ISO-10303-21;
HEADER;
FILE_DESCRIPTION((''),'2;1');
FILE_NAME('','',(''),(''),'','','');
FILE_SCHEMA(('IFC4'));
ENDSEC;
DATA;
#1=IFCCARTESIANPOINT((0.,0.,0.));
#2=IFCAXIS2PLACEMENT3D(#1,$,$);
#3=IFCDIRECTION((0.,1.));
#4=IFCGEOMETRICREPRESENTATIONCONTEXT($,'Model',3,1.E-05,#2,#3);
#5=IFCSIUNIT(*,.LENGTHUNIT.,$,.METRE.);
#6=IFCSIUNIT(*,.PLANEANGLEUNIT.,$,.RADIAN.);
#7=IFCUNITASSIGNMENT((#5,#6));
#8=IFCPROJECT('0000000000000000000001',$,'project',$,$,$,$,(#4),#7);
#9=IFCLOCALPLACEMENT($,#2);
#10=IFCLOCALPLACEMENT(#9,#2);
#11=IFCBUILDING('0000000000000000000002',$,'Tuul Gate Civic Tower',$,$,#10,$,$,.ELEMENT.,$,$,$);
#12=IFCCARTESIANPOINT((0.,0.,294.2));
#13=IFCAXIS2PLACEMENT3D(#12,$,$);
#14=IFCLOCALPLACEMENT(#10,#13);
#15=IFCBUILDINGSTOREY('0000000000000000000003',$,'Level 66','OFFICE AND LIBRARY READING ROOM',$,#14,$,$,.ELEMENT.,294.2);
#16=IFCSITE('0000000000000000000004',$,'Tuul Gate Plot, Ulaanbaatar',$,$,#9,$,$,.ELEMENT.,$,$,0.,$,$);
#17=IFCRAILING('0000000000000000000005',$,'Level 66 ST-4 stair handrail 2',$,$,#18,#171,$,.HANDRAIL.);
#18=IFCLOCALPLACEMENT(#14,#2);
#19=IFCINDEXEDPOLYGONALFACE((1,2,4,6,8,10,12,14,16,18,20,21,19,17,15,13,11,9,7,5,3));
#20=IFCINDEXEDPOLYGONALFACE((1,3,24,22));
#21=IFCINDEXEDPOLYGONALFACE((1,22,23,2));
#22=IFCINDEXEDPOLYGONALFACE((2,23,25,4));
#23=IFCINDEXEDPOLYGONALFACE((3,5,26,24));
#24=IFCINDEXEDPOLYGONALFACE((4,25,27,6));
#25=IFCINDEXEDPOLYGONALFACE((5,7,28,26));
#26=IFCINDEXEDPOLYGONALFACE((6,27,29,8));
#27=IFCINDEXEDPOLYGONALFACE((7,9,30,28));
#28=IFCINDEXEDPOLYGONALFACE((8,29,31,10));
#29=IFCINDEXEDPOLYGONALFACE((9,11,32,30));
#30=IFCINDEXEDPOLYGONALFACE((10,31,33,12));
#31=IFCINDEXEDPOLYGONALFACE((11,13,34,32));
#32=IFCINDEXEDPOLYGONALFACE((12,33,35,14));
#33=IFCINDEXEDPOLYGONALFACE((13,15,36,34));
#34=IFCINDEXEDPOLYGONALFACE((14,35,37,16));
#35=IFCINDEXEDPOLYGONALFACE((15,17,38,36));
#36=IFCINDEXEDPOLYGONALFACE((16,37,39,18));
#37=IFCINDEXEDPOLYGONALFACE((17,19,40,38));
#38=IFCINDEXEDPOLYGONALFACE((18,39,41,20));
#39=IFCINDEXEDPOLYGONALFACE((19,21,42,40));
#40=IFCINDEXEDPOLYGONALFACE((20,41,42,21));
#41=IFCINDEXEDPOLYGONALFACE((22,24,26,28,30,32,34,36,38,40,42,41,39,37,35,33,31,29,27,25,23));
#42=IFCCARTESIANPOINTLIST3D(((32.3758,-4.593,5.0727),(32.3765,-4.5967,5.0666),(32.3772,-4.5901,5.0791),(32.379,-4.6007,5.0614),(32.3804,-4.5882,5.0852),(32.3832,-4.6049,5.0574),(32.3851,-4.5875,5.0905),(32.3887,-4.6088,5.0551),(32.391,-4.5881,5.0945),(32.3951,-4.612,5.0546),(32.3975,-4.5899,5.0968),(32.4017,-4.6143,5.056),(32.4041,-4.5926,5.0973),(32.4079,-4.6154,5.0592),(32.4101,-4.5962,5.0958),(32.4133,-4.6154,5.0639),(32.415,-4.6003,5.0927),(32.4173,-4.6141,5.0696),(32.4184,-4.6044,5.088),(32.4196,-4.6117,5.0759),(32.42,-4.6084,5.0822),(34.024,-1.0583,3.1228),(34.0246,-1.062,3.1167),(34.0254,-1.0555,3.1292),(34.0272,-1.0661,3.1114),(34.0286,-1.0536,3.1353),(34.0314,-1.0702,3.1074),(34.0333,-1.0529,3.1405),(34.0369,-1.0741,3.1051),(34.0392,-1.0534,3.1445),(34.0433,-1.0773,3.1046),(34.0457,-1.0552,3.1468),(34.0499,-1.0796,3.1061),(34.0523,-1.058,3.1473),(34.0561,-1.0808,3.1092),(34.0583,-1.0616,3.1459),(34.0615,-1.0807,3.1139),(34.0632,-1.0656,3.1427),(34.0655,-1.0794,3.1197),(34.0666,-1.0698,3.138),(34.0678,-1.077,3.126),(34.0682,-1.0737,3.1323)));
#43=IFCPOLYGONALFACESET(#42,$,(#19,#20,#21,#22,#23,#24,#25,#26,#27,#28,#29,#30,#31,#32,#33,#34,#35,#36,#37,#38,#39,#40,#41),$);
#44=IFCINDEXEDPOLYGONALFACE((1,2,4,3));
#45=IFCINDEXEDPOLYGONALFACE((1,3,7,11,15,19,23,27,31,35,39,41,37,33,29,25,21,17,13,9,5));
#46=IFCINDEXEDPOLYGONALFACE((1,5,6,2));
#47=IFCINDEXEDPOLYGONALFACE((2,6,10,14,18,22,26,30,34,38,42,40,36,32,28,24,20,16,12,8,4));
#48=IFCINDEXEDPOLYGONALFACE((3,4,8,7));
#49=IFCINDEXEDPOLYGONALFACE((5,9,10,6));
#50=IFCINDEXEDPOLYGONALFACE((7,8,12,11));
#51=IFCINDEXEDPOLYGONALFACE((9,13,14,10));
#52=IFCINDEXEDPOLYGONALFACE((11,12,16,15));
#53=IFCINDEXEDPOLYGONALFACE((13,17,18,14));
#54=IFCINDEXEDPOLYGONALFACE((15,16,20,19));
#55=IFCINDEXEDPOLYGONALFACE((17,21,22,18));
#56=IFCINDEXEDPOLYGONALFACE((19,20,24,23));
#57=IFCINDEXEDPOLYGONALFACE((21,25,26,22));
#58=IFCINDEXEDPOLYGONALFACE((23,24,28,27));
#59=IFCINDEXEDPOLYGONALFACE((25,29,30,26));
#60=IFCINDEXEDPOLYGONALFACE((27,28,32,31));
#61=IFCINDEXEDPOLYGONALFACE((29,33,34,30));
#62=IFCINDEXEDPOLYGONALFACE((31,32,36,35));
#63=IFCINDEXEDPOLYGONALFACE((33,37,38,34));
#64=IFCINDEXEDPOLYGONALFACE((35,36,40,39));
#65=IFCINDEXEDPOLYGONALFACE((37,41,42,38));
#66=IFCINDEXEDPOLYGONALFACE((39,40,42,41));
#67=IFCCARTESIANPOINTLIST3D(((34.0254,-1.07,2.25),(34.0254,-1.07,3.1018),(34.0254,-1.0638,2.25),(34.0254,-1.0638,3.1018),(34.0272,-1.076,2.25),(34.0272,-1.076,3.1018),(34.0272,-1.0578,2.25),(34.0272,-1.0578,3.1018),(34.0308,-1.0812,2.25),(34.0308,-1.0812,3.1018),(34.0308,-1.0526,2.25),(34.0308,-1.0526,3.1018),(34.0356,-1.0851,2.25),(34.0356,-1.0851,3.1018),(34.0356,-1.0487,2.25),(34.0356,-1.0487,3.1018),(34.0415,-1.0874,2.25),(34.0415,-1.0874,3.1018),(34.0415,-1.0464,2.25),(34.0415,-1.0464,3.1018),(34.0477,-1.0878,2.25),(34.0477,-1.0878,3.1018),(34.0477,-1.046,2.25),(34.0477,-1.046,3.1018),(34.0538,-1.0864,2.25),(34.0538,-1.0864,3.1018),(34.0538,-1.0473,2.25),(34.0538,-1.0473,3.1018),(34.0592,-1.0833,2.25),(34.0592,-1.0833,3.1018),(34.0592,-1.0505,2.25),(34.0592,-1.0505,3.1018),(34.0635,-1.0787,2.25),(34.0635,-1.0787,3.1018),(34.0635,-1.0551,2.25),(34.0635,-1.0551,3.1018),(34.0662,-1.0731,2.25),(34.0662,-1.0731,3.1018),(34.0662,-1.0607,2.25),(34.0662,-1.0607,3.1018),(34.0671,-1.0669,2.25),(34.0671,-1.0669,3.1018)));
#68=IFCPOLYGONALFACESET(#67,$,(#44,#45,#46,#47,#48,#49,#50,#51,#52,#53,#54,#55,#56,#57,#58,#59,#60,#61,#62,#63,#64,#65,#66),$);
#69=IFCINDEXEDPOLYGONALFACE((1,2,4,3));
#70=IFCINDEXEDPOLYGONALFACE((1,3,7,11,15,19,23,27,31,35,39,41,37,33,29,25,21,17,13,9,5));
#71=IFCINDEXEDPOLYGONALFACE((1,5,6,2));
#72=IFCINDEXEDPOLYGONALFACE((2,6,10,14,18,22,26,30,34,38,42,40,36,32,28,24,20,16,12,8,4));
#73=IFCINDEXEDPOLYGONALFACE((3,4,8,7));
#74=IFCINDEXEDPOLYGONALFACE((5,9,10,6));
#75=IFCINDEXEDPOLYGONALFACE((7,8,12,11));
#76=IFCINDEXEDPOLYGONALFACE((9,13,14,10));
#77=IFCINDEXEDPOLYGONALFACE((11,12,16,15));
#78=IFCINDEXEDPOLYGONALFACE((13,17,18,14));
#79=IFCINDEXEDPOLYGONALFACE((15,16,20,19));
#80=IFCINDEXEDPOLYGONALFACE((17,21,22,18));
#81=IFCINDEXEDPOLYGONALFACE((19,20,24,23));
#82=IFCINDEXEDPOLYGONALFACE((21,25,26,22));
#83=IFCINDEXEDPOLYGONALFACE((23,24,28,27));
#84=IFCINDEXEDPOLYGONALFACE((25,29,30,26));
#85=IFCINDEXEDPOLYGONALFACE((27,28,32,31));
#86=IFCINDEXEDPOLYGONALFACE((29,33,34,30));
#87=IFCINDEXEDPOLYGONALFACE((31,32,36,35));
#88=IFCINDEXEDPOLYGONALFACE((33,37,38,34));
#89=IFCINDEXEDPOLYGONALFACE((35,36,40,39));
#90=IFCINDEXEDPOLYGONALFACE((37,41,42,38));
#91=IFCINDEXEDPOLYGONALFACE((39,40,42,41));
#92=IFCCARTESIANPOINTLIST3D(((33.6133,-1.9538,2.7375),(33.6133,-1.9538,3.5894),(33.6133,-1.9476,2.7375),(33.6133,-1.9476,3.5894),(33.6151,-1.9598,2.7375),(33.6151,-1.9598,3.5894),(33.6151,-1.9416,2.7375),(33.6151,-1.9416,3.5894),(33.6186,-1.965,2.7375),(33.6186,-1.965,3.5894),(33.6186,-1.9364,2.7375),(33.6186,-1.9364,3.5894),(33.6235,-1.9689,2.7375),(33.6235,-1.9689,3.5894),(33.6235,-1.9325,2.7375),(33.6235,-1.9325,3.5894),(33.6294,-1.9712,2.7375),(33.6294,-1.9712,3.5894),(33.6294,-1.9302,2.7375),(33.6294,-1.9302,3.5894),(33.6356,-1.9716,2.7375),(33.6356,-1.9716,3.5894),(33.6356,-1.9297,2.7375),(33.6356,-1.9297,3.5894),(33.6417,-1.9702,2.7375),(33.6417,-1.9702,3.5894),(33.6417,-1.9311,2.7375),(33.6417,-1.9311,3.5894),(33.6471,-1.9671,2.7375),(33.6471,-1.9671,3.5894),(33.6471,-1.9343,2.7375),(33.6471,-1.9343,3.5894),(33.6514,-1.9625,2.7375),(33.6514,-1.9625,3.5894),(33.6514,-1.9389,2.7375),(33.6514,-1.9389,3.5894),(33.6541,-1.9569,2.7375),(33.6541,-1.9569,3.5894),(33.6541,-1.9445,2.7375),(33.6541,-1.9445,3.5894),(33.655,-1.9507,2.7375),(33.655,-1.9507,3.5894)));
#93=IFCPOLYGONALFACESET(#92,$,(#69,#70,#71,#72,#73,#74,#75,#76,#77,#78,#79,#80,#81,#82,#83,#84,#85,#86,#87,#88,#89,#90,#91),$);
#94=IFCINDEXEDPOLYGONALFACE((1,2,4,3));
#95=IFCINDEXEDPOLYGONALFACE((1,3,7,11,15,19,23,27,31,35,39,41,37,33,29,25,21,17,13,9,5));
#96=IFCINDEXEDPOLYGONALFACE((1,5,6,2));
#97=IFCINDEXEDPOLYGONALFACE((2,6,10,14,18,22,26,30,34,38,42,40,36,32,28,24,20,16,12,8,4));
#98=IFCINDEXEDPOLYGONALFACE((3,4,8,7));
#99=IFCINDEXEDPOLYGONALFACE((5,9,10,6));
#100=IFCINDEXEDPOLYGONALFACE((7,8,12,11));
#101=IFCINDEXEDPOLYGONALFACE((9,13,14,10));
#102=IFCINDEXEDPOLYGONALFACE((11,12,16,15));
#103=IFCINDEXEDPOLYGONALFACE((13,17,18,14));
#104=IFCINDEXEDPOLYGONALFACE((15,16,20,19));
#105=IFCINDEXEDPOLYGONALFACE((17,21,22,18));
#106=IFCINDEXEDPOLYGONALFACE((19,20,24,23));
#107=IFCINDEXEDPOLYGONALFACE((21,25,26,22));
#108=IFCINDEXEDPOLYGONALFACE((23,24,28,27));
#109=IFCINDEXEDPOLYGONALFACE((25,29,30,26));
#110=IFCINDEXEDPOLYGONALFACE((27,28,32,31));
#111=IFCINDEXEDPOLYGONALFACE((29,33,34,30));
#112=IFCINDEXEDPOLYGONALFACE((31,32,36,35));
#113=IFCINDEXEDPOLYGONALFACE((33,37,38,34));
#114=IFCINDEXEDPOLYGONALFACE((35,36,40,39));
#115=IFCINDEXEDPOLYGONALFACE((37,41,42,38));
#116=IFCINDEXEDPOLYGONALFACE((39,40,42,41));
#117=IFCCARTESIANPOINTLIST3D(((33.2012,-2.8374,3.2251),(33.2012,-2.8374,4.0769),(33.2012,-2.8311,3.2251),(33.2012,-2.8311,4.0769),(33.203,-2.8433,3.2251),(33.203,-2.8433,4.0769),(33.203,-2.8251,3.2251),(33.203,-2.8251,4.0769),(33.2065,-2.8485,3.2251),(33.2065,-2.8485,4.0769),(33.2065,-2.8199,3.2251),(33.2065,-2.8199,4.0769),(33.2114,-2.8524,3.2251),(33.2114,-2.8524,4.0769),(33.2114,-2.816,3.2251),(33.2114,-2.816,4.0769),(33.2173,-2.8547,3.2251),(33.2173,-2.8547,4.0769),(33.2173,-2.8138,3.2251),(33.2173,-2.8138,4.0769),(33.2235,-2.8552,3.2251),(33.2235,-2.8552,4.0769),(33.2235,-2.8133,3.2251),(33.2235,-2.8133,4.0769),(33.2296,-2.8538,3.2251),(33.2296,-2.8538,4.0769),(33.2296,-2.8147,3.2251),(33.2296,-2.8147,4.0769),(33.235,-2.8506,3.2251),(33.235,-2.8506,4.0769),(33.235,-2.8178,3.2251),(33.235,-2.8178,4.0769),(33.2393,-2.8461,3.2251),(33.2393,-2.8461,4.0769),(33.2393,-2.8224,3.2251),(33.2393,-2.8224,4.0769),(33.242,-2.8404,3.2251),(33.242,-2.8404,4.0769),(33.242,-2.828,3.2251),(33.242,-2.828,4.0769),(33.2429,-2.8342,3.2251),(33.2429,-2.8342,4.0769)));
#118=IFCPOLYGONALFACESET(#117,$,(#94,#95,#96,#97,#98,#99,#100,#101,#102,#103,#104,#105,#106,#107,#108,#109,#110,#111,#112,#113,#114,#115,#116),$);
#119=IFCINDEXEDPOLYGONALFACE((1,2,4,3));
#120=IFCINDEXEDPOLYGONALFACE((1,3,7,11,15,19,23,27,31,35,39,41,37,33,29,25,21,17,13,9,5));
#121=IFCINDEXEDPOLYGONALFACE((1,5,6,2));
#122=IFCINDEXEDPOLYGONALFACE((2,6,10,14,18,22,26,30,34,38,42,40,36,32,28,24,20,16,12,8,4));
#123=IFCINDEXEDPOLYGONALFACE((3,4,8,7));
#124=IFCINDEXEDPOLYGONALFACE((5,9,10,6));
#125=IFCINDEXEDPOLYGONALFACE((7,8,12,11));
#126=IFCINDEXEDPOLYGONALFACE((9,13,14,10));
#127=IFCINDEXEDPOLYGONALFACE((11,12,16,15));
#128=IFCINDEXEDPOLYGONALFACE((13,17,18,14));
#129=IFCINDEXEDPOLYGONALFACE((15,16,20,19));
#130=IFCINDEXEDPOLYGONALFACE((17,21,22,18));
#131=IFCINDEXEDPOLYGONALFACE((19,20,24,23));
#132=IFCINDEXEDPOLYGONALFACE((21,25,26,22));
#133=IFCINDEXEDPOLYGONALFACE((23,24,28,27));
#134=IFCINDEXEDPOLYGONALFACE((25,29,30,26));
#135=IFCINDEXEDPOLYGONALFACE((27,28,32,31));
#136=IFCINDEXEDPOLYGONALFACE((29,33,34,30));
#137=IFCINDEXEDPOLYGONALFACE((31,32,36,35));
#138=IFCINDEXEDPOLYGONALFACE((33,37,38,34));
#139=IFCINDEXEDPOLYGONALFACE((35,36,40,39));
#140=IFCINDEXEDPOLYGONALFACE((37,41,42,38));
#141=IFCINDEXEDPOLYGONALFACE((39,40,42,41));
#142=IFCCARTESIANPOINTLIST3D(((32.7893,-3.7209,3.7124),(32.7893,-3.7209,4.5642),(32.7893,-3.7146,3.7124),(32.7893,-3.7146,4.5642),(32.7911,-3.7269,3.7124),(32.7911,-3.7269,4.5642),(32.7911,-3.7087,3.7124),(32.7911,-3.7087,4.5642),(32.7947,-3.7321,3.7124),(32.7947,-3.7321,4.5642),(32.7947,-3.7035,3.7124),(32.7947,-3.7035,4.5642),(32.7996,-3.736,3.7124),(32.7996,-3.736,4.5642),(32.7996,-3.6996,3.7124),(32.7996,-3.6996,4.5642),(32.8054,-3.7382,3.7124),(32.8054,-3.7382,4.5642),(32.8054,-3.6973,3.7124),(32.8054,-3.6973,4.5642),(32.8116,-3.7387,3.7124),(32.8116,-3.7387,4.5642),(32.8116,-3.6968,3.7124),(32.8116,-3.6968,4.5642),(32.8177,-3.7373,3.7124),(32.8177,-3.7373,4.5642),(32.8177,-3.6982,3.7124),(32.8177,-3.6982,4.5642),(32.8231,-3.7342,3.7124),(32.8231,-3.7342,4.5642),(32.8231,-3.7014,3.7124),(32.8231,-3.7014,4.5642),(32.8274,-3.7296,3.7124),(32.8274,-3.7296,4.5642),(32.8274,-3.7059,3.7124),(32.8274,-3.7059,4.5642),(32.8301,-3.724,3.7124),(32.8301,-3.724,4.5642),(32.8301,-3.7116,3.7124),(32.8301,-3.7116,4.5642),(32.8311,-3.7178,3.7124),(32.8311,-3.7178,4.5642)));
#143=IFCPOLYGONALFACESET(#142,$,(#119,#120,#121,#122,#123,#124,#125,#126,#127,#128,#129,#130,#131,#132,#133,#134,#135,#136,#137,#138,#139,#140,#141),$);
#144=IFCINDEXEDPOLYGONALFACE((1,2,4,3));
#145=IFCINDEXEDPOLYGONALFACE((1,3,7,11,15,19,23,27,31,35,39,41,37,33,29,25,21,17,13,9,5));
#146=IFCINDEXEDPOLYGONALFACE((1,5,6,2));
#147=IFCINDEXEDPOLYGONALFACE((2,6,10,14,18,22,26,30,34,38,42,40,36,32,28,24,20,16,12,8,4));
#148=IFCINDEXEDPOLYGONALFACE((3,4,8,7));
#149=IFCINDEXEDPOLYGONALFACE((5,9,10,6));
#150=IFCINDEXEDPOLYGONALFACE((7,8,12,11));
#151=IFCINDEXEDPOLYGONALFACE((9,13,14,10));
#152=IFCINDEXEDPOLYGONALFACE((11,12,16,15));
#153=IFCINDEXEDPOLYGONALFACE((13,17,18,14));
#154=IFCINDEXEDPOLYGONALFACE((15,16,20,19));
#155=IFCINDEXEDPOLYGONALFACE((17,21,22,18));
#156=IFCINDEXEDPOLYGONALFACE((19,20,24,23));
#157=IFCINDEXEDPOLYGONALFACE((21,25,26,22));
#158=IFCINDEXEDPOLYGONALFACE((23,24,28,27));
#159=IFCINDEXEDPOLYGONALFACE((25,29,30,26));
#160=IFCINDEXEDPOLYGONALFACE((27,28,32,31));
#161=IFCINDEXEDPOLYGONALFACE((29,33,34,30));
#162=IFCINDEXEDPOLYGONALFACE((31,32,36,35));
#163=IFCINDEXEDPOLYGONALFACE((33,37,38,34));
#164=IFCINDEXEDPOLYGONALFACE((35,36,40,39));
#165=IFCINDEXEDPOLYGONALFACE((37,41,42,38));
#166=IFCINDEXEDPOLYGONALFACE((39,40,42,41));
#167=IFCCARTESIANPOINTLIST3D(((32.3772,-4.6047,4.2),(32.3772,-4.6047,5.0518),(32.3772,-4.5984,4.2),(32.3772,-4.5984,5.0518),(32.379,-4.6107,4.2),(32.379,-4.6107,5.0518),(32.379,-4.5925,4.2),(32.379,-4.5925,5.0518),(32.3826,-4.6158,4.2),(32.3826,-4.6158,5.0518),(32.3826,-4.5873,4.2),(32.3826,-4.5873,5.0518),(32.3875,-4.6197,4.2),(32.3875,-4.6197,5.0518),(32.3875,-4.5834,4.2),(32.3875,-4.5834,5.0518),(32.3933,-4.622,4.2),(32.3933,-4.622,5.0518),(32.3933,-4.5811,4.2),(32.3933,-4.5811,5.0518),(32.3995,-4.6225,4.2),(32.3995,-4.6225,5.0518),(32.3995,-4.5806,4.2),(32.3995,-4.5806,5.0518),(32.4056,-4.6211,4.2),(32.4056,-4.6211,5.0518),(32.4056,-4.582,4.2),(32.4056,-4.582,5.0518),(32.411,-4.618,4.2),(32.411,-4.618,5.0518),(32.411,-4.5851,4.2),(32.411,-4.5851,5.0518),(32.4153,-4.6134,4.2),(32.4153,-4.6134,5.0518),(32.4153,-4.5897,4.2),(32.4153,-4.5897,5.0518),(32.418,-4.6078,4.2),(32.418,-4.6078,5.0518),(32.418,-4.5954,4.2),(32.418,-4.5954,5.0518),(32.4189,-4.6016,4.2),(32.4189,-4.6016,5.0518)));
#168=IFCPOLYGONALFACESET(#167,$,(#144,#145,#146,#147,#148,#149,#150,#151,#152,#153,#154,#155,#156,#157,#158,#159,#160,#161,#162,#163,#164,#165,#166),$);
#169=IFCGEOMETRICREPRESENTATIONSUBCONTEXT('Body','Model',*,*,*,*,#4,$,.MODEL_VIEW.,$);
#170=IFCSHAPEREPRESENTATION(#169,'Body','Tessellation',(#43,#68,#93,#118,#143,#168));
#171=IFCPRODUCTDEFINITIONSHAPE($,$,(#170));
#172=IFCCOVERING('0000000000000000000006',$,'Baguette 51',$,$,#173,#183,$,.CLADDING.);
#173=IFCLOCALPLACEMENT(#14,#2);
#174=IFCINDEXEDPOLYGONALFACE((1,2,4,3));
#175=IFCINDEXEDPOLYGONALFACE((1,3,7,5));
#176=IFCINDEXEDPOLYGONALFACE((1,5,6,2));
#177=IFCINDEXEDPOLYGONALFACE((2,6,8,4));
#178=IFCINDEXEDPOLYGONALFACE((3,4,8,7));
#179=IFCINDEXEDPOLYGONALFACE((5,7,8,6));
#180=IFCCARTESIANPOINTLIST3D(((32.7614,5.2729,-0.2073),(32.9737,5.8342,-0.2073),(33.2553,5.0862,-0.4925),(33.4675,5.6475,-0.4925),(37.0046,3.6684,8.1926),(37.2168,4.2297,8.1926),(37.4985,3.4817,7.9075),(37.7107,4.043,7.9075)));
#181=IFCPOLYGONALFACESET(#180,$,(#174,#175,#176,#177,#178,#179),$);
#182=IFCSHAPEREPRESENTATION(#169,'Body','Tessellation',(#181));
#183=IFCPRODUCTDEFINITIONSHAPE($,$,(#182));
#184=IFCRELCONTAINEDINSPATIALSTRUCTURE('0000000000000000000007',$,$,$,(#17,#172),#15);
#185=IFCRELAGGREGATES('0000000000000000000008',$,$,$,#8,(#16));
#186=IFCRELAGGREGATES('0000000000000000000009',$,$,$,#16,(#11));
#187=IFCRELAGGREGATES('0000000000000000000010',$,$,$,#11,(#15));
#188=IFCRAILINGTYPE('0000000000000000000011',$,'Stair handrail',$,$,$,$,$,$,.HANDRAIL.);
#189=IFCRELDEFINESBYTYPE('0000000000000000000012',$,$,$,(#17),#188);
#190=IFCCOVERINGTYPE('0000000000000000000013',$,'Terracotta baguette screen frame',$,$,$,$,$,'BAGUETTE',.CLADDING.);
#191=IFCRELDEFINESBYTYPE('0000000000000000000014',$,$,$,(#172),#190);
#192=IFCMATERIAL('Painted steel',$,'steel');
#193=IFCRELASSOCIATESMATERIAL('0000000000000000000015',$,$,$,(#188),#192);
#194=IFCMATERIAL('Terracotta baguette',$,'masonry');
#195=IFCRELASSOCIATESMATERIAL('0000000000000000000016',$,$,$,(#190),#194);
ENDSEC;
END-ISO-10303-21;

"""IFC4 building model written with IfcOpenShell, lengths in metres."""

from ifc_helpers import new_model, si_unit, direction, frame, origin, origin_2d, place, context, subcontext, project, spatial, rectangle, circle, extrude, material, material_profile, profile_set, type_object, element, save


model = new_model("IFC4")

# Units and contexts
model_context = context("Model", 3, precision=1e-05, world=origin(), true_north=direction((0.0, 1.0)))
body_context = subcontext(model_context, "Body", "Model", "MODEL_VIEW")
ifc_project = project(units=[si_unit("LENGTHUNIT", "METRE"), si_unit("PLANEANGLEUNIT", "RADIAN")], contexts=[model_context])

# Site, building, storey
site_placement = place(None, origin())
site = spatial("IfcSite", under=ifc_project, at=site_placement, Name="Tuul Gate Plot, Ulaanbaatar", CompositionType="ELEMENT", RefElevation=0.0)
building_placement = place(site_placement, origin())
building = spatial("IfcBuilding", under=site, at=building_placement, Name="Tuul Gate Civic Tower", CompositionType="ELEMENT")
storey_placement = place(building_placement, frame((0.0, 0.0, 294.2)))
storey = spatial("IfcBuildingStorey", under=building, at=storey_placement, Name="Level 66", Description="OFFICE AND LIBRARY READING ROOM", CompositionType="ELEMENT", Elevation=294.2)

# Railing
ifc_material_1 = material(Name="Painted steel", Category="steel")
railing_type = type_object("IfcRailingType", Name="Stair handrail", PredefinedType="HANDRAIL", material=ifc_material_1)
railing_placement = place(storey_placement, frame((34.0461, -1.0669, 2.25)))
element("IfcRailing", 1, at=railing_placement, inside=storey, type_object=railing_type, Name="Level 66 ST-4 stair handrail 2", PredefinedType="HANDRAIL", context=body_context, shape_type="SweptSolid", body=[
    extrude(circle(Radius=0.0239, at=origin_2d()), frame((0.0, 0.0, 0.876), z_axis=(-0.377995, -0.810637, 0.4472), x_axis=(0.906313, -0.422608, 0.0)), (0.0, 0.0, 1.0), 4.3604),
    extrude(circle(Radius=0.021, at=origin_2d()), origin(), (0.0, 0.0, 1.0), 0.8518),
    extrude(circle(Radius=0.021, at=origin_2d()), frame((-0.4121, -0.8838, 0.4875)), (0.0, 0.0, 1.0), 0.8518),
    extrude(circle(Radius=0.021, at=origin_2d()), frame((-0.8242, -1.7673, 0.9751)), (0.0, 0.0, 1.0), 0.8518),
    extrude(circle(Radius=0.021, at=origin_2d()), frame((-1.2361, -2.6509, 1.4624)), (0.0, 0.0, 1.0), 0.8518),
    extrude(circle(Radius=0.021, at=origin_2d()), frame((-1.6482, -3.5347, 1.95)), (0.0, 0.0, 1.0), 0.8518),
])

# Covering
ifc_material_2 = material(Name="Terracotta baguette", Category="masonry")
ifc_material_profile_1 = material_profile(ifc_material_2, rectangle(XDim=0.6001, YDim=0.6001, at=origin_2d()), Name="Terracotta baguette screen frame")
ifc_profile_set_1 = profile_set([ifc_material_profile_1], Name="Terracotta baguette")
covering_type = type_object("IfcCoveringType", Name="Terracotta baguette screen frame", ElementType="BAGUETTE", PredefinedType="CLADDING", material=ifc_profile_set_1)
covering_placement = place(storey_placement, frame((37.3577, 3.8557, 8.05), z_axis=(-0.44447, 0.16807, -0.879886), x_axis=(-0.353694, -0.935361, 0.0)))
element("IfcCovering", 2, at=covering_placement, inside=storey, type_object=covering_type, Name="Baguette 51", PredefinedType="CLADDING", context=body_context, shape_type="SweptSolid", body=[
    extrude(rectangle(XDim=0.6001, YDim=0.6001, at=origin_2d()), origin(), (0.0, 0.0, 1.0), 9.5466),
])

save(model, "model.ifc")
